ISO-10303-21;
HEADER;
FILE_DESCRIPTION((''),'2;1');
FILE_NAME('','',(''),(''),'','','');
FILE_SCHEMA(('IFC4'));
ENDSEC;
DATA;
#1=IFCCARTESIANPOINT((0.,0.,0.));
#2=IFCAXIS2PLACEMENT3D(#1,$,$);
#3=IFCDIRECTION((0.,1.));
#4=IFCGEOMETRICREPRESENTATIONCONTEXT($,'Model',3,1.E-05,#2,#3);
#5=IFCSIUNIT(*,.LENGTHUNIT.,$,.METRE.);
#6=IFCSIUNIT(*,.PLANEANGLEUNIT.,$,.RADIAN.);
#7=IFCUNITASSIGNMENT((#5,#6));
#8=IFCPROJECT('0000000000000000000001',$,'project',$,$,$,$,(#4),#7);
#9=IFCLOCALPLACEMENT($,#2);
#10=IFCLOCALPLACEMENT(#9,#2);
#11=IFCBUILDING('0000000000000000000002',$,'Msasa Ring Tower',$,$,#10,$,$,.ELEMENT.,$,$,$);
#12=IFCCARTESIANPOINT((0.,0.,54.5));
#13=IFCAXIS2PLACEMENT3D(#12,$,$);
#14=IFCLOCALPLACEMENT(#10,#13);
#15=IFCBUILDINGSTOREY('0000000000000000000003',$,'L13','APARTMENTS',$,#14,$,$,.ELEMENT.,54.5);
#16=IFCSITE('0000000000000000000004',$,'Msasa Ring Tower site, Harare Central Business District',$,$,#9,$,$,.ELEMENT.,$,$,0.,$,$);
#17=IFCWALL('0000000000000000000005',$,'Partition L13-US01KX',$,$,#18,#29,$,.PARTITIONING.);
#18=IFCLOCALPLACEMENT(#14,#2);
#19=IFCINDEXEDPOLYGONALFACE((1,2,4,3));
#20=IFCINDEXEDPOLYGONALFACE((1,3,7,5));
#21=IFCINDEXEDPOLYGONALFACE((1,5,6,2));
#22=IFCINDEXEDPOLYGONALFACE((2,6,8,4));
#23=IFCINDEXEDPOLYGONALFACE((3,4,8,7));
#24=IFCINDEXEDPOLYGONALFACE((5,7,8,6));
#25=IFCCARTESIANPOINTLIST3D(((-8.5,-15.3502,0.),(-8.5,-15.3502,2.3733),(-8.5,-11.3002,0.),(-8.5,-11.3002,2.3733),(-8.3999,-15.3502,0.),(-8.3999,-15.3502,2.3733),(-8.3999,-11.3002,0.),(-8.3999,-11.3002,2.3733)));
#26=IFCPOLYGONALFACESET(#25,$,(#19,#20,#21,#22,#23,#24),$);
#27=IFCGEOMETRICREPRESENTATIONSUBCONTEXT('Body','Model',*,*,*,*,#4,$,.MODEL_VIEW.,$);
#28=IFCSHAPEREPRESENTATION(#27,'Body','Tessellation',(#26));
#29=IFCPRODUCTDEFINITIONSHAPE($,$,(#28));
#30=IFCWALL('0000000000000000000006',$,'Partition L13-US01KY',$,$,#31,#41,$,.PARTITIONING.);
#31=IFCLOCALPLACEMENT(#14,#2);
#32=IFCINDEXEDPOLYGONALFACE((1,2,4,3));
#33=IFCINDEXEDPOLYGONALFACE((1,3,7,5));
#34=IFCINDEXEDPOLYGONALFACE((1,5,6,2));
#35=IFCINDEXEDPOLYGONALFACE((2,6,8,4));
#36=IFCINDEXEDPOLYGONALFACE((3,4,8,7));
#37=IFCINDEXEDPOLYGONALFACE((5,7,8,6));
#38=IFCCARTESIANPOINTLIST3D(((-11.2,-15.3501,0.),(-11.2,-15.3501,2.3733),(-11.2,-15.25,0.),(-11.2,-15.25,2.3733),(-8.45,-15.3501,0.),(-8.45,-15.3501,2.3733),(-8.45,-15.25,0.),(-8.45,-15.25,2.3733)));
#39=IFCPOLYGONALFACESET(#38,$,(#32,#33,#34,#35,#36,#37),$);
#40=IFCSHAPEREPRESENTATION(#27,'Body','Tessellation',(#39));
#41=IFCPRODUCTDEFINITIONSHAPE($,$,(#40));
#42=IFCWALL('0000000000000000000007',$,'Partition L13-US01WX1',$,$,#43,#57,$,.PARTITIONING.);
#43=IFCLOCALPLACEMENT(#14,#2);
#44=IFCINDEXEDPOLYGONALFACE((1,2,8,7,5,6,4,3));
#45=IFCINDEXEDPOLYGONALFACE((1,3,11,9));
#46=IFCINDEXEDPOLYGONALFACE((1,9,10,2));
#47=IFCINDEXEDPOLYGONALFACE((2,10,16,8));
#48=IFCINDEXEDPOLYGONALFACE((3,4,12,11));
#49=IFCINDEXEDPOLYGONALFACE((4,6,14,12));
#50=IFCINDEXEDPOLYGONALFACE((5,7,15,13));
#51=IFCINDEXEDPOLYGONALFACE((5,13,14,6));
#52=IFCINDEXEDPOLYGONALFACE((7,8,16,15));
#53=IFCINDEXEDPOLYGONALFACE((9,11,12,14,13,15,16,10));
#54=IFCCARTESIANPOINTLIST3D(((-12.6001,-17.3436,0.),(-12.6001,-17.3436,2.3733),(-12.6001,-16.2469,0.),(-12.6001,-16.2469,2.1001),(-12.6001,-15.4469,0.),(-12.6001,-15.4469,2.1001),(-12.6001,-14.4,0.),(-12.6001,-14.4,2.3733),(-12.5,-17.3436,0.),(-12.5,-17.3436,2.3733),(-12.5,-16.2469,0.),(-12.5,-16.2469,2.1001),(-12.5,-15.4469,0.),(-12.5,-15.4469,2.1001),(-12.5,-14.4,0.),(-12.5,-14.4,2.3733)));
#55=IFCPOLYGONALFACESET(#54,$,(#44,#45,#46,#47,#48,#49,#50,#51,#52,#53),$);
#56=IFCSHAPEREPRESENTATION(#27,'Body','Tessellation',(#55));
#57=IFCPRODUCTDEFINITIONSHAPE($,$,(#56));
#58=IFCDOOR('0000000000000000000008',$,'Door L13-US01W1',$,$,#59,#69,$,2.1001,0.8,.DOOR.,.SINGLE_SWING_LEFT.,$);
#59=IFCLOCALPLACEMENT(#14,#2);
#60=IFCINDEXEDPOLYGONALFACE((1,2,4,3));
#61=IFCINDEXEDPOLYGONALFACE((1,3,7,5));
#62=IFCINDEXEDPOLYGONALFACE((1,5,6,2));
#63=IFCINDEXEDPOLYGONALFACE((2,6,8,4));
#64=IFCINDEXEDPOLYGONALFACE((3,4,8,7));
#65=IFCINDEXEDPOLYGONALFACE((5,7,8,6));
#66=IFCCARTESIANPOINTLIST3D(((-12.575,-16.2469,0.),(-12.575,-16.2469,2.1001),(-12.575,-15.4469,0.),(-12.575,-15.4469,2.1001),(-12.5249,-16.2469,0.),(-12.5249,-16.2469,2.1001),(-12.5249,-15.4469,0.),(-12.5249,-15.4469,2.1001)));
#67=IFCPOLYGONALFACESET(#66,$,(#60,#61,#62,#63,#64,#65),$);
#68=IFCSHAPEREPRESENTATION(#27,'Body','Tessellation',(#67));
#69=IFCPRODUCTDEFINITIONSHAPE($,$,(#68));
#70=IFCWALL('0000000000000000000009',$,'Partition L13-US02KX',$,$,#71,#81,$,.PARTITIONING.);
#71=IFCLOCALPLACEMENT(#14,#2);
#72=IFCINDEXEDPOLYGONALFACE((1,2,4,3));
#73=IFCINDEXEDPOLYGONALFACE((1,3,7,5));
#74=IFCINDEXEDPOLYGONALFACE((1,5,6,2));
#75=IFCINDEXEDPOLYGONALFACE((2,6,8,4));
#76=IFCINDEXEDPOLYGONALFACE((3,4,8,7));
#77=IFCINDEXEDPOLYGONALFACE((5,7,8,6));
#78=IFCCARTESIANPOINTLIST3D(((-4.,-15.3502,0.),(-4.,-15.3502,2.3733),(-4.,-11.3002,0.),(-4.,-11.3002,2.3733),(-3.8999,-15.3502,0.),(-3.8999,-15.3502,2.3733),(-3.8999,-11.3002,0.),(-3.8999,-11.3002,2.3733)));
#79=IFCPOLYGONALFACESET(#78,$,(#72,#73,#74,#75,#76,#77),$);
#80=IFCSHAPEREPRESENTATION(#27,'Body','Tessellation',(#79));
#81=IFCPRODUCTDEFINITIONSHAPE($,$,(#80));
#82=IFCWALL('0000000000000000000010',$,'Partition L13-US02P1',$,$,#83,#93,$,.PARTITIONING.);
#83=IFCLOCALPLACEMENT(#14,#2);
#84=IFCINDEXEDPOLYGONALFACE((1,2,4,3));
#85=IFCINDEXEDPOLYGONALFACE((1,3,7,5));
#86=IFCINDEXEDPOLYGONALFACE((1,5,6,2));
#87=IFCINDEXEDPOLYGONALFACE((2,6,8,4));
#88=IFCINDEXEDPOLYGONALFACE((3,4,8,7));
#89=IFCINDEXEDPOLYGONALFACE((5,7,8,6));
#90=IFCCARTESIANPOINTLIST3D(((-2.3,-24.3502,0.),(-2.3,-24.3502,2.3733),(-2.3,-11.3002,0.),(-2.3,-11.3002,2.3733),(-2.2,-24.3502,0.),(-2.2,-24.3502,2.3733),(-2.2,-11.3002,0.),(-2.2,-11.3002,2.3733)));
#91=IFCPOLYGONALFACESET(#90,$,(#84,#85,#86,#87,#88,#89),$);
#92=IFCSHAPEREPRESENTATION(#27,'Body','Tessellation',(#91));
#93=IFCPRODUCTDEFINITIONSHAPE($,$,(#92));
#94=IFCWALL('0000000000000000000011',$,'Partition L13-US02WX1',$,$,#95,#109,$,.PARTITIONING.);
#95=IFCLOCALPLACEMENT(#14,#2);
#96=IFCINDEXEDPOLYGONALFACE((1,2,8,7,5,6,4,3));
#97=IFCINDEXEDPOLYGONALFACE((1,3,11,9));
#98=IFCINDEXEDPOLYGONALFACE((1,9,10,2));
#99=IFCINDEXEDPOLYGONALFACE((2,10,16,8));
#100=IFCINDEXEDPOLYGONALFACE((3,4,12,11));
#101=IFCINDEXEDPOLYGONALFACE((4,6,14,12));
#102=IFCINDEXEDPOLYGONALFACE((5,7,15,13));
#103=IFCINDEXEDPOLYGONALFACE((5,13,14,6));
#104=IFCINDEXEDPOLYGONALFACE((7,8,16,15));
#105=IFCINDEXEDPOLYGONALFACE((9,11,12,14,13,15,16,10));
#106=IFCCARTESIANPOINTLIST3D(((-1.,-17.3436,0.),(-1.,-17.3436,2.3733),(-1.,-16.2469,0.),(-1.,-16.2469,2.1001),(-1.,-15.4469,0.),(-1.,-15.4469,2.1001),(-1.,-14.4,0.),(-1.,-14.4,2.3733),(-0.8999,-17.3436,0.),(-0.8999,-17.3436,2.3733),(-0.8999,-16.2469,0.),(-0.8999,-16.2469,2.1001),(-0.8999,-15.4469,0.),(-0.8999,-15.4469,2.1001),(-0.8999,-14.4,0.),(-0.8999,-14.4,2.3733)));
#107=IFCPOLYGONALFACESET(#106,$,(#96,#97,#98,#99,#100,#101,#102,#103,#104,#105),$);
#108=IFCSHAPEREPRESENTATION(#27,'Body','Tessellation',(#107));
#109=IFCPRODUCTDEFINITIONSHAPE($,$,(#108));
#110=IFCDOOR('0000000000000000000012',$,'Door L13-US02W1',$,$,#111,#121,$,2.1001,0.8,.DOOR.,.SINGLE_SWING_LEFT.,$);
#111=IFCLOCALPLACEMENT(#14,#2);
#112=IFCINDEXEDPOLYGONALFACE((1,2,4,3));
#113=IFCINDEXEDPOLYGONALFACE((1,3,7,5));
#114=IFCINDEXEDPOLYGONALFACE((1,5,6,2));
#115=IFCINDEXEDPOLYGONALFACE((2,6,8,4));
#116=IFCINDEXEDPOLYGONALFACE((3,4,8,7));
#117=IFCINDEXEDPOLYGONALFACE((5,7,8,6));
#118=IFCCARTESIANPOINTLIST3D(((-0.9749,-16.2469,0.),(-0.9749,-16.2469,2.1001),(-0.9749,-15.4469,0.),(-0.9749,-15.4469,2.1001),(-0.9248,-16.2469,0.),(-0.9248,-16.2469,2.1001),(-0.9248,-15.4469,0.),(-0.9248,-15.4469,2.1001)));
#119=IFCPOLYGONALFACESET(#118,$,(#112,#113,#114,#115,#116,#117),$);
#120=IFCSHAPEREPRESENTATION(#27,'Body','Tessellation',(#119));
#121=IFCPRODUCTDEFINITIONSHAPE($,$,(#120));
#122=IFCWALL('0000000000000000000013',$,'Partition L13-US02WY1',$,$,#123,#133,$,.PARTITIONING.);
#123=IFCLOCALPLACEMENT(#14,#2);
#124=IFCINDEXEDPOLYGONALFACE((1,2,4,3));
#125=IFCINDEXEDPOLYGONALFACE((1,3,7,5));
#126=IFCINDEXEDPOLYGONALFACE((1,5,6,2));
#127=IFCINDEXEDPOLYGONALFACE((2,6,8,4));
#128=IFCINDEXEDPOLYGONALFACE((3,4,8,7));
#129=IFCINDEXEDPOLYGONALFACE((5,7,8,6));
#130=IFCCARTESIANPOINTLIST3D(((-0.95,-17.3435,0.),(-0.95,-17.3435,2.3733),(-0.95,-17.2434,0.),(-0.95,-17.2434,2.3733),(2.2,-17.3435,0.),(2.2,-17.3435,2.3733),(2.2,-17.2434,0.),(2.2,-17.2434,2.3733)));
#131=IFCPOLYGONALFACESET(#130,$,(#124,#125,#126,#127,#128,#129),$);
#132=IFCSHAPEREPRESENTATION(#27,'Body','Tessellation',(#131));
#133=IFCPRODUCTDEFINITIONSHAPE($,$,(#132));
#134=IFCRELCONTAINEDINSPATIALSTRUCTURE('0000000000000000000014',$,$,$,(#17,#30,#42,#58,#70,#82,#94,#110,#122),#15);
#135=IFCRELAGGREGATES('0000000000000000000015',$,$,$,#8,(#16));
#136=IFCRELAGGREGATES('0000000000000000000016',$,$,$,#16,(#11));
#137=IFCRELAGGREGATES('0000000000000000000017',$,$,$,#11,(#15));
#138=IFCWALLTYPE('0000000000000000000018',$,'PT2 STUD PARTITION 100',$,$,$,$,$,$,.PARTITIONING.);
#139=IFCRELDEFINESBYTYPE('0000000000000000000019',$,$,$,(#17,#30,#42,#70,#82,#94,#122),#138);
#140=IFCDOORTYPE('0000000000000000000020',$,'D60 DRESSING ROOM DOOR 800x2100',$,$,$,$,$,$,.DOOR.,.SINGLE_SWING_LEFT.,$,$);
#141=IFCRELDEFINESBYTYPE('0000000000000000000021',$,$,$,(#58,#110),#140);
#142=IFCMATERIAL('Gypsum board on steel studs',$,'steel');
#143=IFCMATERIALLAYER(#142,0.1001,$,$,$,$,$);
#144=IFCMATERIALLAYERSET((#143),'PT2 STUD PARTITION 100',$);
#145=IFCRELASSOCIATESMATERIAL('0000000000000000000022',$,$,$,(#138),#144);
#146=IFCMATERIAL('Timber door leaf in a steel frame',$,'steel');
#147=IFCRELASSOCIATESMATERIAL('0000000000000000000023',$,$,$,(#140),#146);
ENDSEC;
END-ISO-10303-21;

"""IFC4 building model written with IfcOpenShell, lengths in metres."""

from ifc_helpers import new_model, si_unit, direction, frame, frame_2d, origin, place, context, subcontext, project, spatial, rectangle, extrude, material, layer, layer_set, type_object, element, fill, save


model = new_model("IFC4")

# Units and contexts
model_context = context("Model", 3, precision=1e-05, world=origin(), true_north=direction((0.0, 1.0)))
body_context = subcontext(model_context, "Body", "Model", "MODEL_VIEW")
ifc_project = project(units=[si_unit("LENGTHUNIT", "METRE"), si_unit("PLANEANGLEUNIT", "RADIAN")], contexts=[model_context])

# Site, building, storey
site_placement = place(None, origin())
site = spatial("IfcSite", under=ifc_project, at=site_placement, Name="Msasa Ring Tower site, Harare Central Business District", CompositionType="ELEMENT", RefElevation=0.0)
building_placement = place(site_placement, origin())
building = spatial("IfcBuilding", under=site, at=building_placement, Name="Msasa Ring Tower", CompositionType="ELEMENT")
storey_placement = place(building_placement, frame((0.0, 0.0, 54.5)))
storey = spatial("IfcBuildingStorey", under=building, at=storey_placement, Name="L13", Description="APARTMENTS", CompositionType="ELEMENT", Elevation=54.5)

# Walls
ifc_material_1 = material(Name="Gypsum board on steel studs", Category="steel")
ifc_layer = layer(ifc_material_1, 0.1001)
ifc_layer_set = layer_set([ifc_layer], Name="PT2 STUD PARTITION 100")
wall_type = type_object("IfcWallType", Name="PT2 STUD PARTITION 100", PredefinedType="PARTITIONING", material=ifc_layer_set)
wall_1_placement = place(storey_placement, frame((-8.45, -15.3501, 0.0), z_axis=(0.0, 0.0, 1.0), x_axis=(0.0, 1.0, 0.0)))
element("IfcWall", 1, at=wall_1_placement, inside=storey, type_object=wall_type, Name="Partition L13-US01KX", PredefinedType="PARTITIONING", context=body_context, shape_type="SweptSolid", body=[
    extrude(rectangle(XDim=4.05, YDim=0.1001, at=frame_2d((2.0249, 0.0))), origin(), (0.0, 0.0, 1.0), 2.3733),
])
wall_2_placement = place(storey_placement, frame((-11.2, -15.3, 0.0), z_axis=(0.0, 0.0, 1.0), x_axis=(1.0, 0.0, 0.0)))
element("IfcWall", 2, at=wall_2_placement, inside=storey, type_object=wall_type, Name="Partition L13-US01KY", PredefinedType="PARTITIONING", context=body_context, shape_type="SweptSolid", body=[
    extrude(rectangle(XDim=2.75, YDim=0.1001, at=frame_2d((1.375, 0.0))), origin(), (0.0, 0.0, 1.0), 2.3733),
])

# Wall, opening, door
wall_3_placement = place(storey_placement, frame((-12.55, -17.3435, 0.0), z_axis=(0.0, 0.0, 1.0), x_axis=(0.0, 1.0, 0.0)))
wall_3 = element("IfcWall", 3, at=wall_3_placement, inside=storey, type_object=wall_type, Name="Partition L13-US01WX1", PredefinedType="PARTITIONING", context=body_context, shape_type="SweptSolid", body=[
    extrude(rectangle(XDim=2.9436, YDim=0.1001, at=frame_2d((1.4717, 0.0))), origin(), (0.0, 0.0, 1.0), 2.3733),
])
opening_1_placement = place(wall_3_placement, frame((1.0967, 0.0, 0.0)))
opening_1 = element("IfcOpeningElement", 4, at=opening_1_placement, cuts=wall_3, PredefinedType="OPENING", context=body_context, shape_type="SweptSolid", body=[
    extrude(rectangle(XDim=0.8, YDim=2.1001, at=frame_2d((0.3999, 1.05))), frame((0.0, 0.0601, 0.0), z_axis=(0.0, -1.0, 0.0), x_axis=(1.0, 0.0, 0.0)), (0.0, 0.0, 1.0), 0.1201),
])
ifc_material_2 = material(Name="Timber door leaf in a steel frame", Category="steel")
door_type = type_object("IfcDoorType", Name="D60 DRESSING ROOM DOOR 800x2100", OperationType="SINGLE_SWING_LEFT", PredefinedType="DOOR", material=ifc_material_2)
door_1_placement = place(opening_1_placement, origin())
door_1 = element("IfcDoor", 5, at=door_1_placement, inside=storey, type_object=door_type, Name="Door L13-US01W1", OperationType="SINGLE_SWING_LEFT", OverallHeight=2.1001, OverallWidth=0.8, PredefinedType="DOOR", context=body_context, shape_type="SweptSolid", body=[
    extrude(rectangle(XDim=0.8, YDim=2.1001, at=frame_2d((0.3999, 1.05))), frame((0.0, 0.0249, 0.0), z_axis=(0.0, -1.0, 0.0), x_axis=(1.0, 0.0, 0.0)), (0.0, 0.0, 1.0), 0.05),
])
fill(opening_1, door_1)

# Walls
wall_4_placement = place(storey_placement, frame((-3.95, -15.3501, 0.0), z_axis=(0.0, 0.0, 1.0), x_axis=(0.0, 1.0, 0.0)))
element("IfcWall", 6, at=wall_4_placement, inside=storey, type_object=wall_type, Name="Partition L13-US02KX", PredefinedType="PARTITIONING", context=body_context, shape_type="SweptSolid", body=[
    extrude(rectangle(XDim=4.05, YDim=0.1001, at=frame_2d((2.0249, 0.0))), origin(), (0.0, 0.0, 1.0), 2.3733),
])
wall_5_placement = place(storey_placement, frame((-2.25, -24.3501, 0.0), z_axis=(0.0, 0.0, 1.0), x_axis=(0.0, 1.0, 0.0)))
element("IfcWall", 7, at=wall_5_placement, inside=storey, type_object=wall_type, Name="Partition L13-US02P1", PredefinedType="PARTITIONING", context=body_context, shape_type="SweptSolid", body=[
    extrude(rectangle(XDim=13.05, YDim=0.1001, at=frame_2d((6.5249, 0.0))), origin(), (0.0, 0.0, 1.0), 2.3733),
])

# Wall, opening, door
wall_6_placement = place(storey_placement, frame((-0.95, -17.3435, 0.0), z_axis=(0.0, 0.0, 1.0), x_axis=(0.0, 1.0, 0.0)))
wall_6 = element("IfcWall", 8, at=wall_6_placement, inside=storey, type_object=wall_type, Name="Partition L13-US02WX1", PredefinedType="PARTITIONING", context=body_context, shape_type="SweptSolid", body=[
    extrude(rectangle(XDim=2.9436, YDim=0.1001, at=frame_2d((1.4717, 0.0))), origin(), (0.0, 0.0, 1.0), 2.3733),
])
opening_2_placement = place(wall_6_placement, frame((1.0967, 0.0, 0.0)))
opening_2 = element("IfcOpeningElement", 9, at=opening_2_placement, cuts=wall_6, PredefinedType="OPENING", context=body_context, shape_type="SweptSolid", body=[
    extrude(rectangle(XDim=0.8, YDim=2.1001, at=frame_2d((0.3999, 1.05))), frame((0.0, 0.0601, 0.0), z_axis=(0.0, -1.0, 0.0), x_axis=(1.0, 0.0, 0.0)), (0.0, 0.0, 1.0), 0.1201),
])
door_2_placement = place(opening_2_placement, origin())
door_2 = element("IfcDoor", 10, at=door_2_placement, inside=storey, type_object=door_type, Name="Door L13-US02W1", OperationType="SINGLE_SWING_LEFT", OverallHeight=2.1001, OverallWidth=0.8, PredefinedType="DOOR", context=body_context, shape_type="SweptSolid", body=[
    extrude(rectangle(XDim=0.8, YDim=2.1001, at=frame_2d((0.3999, 1.05))), frame((0.0, 0.0249, 0.0), z_axis=(0.0, -1.0, 0.0), x_axis=(1.0, 0.0, 0.0)), (0.0, 0.0, 1.0), 0.05),
])
fill(opening_2, door_2)

# Wall
wall_7_placement = place(storey_placement, frame((-0.95, -17.2935, 0.0), z_axis=(0.0, 0.0, 1.0), x_axis=(1.0, 0.0, 0.0)))
element("IfcWall", 11, at=wall_7_placement, inside=storey, type_object=wall_type, Name="Partition L13-US02WY1", PredefinedType="PARTITIONING", context=body_context, shape_type="SweptSolid", body=[
    extrude(rectangle(XDim=3.1499, YDim=0.1001, at=frame_2d((1.575, 0.0))), origin(), (0.0, 0.0, 1.0), 2.3733),
])

save(model, "model.ifc")
